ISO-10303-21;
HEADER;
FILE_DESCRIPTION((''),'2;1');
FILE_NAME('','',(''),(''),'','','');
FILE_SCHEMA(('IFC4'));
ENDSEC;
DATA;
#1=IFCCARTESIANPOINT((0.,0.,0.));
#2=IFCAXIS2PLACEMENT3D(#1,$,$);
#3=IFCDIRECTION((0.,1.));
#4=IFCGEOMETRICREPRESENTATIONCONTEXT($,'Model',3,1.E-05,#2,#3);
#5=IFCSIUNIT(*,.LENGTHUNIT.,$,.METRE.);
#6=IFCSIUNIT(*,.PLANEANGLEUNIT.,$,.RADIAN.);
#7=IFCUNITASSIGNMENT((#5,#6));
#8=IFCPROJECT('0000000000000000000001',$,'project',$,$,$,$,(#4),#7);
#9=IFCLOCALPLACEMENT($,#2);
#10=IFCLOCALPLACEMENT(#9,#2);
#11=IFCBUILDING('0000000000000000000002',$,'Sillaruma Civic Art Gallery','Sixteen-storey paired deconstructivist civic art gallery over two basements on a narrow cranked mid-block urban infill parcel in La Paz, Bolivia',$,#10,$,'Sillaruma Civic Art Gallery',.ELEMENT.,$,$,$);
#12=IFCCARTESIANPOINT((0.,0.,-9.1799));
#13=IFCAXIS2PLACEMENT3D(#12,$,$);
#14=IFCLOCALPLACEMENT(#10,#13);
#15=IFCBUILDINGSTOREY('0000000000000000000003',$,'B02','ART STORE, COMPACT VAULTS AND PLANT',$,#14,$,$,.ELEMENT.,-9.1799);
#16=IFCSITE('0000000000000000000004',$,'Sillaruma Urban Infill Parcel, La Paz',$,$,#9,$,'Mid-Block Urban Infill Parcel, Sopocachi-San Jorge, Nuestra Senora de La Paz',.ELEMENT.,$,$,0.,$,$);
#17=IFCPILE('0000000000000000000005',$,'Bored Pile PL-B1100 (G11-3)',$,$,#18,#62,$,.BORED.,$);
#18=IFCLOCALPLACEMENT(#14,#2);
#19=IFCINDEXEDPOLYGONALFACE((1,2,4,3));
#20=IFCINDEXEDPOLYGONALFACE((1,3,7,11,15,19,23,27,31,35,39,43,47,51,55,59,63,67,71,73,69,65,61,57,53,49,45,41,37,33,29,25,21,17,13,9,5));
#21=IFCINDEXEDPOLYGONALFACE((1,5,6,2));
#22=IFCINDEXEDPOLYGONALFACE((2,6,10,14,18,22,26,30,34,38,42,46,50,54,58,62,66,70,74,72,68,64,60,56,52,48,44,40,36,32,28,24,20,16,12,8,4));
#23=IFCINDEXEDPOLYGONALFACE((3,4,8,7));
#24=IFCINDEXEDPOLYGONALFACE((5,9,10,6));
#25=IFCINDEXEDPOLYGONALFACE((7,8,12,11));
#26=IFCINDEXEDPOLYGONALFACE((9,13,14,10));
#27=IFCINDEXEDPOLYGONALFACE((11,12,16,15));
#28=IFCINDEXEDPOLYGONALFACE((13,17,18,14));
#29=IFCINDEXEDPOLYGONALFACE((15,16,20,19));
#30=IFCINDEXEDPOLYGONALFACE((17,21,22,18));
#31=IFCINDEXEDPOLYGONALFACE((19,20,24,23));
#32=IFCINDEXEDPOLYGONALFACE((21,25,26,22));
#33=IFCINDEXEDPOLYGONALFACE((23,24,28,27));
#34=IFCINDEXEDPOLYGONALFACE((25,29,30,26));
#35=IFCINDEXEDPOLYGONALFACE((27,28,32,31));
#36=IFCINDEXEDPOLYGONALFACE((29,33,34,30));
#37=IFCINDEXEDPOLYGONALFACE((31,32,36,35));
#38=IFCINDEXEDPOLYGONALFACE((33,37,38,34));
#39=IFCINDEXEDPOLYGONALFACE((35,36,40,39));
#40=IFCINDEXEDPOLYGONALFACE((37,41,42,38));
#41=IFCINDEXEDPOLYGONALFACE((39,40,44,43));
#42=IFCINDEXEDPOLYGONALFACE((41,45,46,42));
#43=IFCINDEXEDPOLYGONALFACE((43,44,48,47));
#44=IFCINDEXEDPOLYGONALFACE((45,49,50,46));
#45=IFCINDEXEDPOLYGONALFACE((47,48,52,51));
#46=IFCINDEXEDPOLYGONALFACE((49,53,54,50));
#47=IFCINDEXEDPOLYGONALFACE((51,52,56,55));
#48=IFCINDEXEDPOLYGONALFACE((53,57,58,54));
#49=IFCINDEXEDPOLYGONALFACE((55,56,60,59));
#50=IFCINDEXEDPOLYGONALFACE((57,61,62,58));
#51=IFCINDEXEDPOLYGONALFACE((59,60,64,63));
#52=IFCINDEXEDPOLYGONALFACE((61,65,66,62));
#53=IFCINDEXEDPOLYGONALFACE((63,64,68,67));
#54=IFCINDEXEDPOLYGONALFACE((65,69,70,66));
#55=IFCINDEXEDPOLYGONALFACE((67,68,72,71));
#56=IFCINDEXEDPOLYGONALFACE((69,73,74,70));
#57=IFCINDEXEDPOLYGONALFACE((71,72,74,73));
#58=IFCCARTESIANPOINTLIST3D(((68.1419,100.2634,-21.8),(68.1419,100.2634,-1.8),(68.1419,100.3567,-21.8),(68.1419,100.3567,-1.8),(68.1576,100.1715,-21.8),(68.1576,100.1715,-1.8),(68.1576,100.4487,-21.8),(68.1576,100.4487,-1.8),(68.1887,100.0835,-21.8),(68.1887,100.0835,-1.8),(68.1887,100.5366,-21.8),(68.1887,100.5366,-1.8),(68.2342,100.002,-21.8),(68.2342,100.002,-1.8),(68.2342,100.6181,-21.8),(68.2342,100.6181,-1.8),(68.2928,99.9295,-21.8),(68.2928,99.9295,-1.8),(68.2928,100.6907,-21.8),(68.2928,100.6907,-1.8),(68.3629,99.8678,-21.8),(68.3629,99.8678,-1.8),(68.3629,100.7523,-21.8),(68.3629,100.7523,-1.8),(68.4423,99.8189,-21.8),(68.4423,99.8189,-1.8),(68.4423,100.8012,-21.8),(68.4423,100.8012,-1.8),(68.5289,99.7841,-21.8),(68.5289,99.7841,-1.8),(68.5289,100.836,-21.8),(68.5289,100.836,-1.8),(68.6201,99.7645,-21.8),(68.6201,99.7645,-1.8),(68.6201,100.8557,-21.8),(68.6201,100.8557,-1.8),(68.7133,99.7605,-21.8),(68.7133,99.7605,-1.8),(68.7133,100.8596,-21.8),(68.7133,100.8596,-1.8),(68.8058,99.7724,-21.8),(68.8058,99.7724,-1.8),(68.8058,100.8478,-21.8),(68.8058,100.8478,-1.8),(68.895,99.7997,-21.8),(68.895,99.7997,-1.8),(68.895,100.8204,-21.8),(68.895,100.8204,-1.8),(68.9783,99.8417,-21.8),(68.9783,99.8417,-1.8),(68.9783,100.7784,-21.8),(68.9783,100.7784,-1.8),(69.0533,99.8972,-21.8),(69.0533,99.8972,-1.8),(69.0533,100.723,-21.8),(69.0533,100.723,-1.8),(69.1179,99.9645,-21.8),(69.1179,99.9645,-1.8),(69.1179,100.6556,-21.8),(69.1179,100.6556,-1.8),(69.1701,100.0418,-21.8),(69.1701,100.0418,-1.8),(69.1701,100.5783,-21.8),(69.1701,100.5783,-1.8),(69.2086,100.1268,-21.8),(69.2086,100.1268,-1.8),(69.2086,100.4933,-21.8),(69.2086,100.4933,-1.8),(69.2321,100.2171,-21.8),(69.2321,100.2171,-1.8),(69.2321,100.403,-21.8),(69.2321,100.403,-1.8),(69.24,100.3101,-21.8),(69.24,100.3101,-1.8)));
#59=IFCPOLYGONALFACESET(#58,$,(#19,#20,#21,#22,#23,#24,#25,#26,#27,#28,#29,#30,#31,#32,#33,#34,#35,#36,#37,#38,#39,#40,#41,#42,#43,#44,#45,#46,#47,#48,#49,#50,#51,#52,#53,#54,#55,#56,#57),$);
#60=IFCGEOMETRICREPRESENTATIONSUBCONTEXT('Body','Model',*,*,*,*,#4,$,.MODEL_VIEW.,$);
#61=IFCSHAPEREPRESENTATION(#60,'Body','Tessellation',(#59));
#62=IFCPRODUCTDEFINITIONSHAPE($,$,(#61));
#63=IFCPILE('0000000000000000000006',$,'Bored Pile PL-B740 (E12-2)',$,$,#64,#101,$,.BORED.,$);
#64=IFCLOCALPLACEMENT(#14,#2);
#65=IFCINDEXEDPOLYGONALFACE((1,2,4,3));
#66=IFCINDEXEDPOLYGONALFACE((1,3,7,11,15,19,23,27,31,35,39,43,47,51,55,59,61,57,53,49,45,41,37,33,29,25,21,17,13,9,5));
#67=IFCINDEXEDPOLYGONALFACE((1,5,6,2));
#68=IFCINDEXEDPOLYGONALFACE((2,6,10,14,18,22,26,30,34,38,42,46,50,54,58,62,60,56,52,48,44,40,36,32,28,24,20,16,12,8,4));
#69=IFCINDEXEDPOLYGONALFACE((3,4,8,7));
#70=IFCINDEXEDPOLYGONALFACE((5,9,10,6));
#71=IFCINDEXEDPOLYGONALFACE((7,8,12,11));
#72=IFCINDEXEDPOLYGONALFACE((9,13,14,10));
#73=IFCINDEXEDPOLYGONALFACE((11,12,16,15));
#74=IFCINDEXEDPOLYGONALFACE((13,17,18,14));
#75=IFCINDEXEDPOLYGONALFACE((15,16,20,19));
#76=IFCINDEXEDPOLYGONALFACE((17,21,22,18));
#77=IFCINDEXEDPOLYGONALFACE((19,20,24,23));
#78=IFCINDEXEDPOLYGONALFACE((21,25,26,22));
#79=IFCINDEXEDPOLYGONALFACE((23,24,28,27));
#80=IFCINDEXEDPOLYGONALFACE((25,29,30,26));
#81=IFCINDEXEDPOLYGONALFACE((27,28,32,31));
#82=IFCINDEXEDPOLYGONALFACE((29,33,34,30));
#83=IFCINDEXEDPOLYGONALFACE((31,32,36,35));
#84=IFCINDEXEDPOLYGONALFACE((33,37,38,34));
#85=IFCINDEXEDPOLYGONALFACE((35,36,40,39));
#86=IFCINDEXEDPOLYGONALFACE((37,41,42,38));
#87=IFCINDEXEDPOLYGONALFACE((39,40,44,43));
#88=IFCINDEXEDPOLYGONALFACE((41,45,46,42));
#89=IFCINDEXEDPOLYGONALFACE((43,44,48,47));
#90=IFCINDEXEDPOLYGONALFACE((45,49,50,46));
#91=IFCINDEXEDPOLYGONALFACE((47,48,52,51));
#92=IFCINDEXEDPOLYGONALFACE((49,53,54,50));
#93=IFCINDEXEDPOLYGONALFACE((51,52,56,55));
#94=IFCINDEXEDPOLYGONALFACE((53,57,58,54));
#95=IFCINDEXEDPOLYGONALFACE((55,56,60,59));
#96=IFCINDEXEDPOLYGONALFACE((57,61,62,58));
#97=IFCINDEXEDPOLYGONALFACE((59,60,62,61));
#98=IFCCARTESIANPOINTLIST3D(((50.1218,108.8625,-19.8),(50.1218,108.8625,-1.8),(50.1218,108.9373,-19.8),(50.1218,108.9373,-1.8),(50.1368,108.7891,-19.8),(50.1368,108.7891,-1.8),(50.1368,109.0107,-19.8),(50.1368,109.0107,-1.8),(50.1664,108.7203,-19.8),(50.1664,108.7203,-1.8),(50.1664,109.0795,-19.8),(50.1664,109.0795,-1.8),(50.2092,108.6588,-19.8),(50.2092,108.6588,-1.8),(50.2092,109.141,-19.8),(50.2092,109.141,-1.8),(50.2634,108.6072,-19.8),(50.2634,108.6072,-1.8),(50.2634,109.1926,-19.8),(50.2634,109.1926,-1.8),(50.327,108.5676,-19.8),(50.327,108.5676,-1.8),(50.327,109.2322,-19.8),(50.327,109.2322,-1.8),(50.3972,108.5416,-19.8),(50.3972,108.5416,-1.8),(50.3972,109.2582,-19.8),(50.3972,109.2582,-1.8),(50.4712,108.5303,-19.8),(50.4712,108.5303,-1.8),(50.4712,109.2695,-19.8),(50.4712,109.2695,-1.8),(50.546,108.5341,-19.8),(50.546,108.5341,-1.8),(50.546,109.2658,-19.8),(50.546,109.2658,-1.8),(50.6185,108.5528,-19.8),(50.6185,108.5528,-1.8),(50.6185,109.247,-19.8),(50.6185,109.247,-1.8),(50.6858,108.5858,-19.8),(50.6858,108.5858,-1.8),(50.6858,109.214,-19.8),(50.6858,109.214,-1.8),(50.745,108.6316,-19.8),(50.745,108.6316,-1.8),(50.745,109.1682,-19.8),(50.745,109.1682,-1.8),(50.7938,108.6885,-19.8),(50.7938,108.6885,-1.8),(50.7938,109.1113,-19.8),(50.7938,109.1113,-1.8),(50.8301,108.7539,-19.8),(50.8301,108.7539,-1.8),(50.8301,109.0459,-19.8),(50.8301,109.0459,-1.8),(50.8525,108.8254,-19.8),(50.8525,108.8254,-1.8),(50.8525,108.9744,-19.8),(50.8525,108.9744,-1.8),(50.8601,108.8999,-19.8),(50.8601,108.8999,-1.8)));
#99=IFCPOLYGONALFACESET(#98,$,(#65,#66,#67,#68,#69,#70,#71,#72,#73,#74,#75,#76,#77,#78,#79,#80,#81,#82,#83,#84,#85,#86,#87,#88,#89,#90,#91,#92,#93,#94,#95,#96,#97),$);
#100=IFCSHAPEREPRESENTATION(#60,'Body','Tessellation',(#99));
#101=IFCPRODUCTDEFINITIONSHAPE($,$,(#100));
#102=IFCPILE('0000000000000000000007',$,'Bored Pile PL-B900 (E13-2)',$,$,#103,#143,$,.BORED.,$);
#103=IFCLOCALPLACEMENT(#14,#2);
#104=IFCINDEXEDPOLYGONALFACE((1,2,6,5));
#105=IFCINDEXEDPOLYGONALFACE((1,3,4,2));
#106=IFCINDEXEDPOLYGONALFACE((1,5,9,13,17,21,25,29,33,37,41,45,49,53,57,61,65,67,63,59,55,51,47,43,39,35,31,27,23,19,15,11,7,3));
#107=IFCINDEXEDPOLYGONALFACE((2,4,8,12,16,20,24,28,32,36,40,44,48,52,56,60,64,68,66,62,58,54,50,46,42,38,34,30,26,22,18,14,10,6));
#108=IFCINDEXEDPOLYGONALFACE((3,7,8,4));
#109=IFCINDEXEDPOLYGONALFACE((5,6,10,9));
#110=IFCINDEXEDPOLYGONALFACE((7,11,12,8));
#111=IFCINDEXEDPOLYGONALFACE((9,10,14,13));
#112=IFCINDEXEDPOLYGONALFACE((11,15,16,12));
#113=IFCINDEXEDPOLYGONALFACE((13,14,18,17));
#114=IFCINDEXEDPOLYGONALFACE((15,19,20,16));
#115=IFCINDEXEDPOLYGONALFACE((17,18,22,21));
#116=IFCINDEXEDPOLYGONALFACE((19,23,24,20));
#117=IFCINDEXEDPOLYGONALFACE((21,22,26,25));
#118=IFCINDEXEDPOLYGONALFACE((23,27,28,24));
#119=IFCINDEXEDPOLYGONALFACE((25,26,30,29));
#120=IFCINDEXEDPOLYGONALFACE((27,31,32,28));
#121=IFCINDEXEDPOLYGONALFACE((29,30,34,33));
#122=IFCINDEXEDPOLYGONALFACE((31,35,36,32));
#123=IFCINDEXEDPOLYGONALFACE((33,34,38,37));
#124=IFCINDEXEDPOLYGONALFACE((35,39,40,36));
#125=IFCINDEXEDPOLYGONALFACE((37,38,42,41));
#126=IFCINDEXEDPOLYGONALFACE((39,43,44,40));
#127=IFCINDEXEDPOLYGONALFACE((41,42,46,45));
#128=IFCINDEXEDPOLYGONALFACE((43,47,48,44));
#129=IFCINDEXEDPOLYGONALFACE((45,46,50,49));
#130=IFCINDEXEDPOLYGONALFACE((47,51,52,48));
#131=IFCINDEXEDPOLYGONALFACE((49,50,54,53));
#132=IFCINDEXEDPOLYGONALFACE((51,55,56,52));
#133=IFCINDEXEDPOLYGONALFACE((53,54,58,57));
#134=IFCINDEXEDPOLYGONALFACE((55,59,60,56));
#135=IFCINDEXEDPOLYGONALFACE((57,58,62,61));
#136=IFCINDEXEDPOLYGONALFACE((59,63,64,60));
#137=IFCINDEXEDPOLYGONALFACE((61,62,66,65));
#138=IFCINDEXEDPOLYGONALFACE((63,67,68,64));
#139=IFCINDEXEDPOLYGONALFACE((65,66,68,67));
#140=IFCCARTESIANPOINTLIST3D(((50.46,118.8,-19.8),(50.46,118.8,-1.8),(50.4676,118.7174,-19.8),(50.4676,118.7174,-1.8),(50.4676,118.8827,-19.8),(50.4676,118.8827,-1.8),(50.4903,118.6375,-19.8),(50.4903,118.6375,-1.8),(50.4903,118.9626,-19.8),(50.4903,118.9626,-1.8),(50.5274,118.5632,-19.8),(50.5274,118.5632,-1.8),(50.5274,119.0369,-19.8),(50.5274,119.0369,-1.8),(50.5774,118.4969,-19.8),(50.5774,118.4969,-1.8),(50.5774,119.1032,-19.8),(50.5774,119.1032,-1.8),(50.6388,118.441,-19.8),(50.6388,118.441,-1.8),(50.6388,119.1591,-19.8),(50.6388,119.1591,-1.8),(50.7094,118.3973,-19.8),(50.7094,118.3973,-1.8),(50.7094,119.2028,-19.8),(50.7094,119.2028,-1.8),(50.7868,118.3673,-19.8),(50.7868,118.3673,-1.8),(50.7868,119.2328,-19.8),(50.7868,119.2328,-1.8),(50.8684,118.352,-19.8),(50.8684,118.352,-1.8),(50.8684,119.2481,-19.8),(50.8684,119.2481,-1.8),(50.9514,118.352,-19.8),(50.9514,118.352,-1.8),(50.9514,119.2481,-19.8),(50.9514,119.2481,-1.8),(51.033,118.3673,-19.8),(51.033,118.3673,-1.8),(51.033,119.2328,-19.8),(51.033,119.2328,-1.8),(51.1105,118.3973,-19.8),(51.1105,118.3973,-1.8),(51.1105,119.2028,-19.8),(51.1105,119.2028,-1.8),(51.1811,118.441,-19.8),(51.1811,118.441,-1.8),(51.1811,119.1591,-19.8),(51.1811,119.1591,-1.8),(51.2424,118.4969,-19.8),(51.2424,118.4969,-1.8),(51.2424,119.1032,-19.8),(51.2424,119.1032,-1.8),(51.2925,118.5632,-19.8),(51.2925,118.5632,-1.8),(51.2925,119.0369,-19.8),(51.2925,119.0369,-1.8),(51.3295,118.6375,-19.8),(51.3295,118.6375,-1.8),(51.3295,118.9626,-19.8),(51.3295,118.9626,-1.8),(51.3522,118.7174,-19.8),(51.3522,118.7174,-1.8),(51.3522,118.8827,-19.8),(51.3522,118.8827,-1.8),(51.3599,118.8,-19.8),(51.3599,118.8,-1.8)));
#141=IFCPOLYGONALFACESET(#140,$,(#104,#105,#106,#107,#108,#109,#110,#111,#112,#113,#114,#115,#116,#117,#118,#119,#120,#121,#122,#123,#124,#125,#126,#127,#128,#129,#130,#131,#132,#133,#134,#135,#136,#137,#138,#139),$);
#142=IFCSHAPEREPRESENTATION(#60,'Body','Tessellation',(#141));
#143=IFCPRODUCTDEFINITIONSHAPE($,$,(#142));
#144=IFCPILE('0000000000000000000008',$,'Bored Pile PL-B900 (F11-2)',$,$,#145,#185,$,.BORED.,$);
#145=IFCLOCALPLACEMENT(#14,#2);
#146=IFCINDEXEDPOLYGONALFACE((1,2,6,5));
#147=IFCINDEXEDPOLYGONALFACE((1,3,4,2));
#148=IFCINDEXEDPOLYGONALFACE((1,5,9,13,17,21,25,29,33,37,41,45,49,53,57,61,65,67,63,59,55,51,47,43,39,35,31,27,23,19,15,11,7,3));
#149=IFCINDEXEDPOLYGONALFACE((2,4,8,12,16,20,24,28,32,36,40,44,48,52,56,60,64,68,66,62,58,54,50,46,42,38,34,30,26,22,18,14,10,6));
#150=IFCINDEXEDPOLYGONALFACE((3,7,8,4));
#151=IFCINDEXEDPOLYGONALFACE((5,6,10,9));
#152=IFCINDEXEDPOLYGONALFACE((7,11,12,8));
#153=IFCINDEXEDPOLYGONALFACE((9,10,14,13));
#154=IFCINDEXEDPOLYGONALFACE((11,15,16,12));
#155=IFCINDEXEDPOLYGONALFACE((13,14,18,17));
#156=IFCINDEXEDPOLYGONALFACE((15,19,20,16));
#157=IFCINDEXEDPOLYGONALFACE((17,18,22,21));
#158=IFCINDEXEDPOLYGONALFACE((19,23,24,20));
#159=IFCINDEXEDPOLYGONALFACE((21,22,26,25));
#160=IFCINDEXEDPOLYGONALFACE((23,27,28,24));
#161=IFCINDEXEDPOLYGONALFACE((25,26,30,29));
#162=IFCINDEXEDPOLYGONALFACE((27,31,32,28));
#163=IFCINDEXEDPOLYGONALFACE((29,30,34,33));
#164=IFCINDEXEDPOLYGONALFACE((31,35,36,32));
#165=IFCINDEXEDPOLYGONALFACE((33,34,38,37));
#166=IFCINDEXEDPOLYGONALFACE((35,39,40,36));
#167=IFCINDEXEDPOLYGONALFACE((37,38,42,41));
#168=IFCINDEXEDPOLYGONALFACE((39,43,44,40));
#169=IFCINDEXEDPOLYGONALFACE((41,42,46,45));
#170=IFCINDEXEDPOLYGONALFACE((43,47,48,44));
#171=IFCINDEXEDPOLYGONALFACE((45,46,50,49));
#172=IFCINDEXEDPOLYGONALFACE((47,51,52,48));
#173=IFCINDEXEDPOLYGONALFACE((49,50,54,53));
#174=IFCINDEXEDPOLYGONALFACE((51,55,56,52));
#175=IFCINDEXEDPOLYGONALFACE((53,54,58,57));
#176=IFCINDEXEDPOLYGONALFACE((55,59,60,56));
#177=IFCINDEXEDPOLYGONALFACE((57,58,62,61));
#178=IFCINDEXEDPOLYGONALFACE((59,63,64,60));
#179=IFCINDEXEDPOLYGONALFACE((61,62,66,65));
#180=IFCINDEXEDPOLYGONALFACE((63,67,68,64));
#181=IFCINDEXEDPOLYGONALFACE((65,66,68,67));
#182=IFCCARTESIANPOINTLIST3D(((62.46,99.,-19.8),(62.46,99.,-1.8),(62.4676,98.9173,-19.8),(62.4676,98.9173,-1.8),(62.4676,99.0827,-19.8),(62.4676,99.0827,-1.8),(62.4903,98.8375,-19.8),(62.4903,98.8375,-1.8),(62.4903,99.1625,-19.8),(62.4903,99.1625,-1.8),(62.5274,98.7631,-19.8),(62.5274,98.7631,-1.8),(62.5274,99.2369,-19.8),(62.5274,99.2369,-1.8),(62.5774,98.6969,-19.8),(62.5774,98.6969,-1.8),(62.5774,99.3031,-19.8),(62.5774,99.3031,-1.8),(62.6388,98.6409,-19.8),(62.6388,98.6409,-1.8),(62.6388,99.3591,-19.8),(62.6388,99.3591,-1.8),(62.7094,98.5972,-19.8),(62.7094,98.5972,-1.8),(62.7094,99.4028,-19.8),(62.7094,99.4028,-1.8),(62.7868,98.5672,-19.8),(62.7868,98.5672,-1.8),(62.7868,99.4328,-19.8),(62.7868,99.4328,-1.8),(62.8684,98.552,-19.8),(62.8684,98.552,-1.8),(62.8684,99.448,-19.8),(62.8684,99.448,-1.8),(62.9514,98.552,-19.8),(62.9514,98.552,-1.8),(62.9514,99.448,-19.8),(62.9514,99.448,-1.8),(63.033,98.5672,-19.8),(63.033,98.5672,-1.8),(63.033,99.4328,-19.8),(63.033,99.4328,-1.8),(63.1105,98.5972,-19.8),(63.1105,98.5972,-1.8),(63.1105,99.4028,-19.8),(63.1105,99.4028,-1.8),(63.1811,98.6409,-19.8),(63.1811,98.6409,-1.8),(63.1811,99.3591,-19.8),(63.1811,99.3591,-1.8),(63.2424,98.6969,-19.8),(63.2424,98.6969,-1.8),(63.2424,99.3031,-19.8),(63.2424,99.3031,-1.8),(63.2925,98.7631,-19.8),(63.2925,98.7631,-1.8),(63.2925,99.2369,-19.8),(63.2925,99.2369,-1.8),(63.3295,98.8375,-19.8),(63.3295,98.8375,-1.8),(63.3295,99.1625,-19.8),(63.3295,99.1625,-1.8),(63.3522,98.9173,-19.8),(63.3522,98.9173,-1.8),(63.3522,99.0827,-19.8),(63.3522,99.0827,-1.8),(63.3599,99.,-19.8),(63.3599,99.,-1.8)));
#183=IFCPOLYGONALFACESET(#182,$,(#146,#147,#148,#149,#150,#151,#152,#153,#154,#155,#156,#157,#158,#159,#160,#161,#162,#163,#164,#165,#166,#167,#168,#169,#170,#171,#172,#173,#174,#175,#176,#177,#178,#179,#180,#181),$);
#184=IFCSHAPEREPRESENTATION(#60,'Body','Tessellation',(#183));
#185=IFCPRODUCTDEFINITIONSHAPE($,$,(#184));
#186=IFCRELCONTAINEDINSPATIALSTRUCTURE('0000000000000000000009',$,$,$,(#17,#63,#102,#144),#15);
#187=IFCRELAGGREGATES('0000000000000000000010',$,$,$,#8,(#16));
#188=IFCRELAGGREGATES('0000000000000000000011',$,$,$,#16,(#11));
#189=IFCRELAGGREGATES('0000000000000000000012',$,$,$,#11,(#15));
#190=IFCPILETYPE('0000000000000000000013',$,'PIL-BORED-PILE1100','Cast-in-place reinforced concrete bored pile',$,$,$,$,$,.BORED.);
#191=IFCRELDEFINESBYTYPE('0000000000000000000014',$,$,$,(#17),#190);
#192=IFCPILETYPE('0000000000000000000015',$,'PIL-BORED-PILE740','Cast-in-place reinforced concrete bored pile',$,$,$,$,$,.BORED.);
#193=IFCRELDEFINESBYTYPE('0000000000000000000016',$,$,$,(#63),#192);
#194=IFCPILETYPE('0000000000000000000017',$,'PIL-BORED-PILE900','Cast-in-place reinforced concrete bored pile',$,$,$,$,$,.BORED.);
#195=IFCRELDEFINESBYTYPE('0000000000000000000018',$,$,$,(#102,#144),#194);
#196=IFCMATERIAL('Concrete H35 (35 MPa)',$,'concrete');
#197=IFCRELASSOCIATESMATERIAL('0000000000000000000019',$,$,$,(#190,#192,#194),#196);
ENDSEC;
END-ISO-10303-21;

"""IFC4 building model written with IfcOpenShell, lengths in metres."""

from ifc_helpers import new_model, si_unit, direction, frame, origin, origin_2d, place, context, subcontext, project, spatial, circle, extrude, material, material_profile, profile_set, type_object, element, save


model = new_model("IFC4")

# Units and contexts
model_context = context("Model", 3, precision=1e-05, world=origin(), true_north=direction((0.0, 1.0)))
body_context = subcontext(model_context, "Body", "Model", "MODEL_VIEW")
ifc_project = project(units=[si_unit("LENGTHUNIT", "METRE"), si_unit("PLANEANGLEUNIT", "RADIAN")], contexts=[model_context])

# Site, building, storey
site_placement = place(None, origin())
site = spatial("IfcSite", under=ifc_project, at=site_placement, Name="Sillaruma Urban Infill Parcel, La Paz", LongName="Mid-Block Urban Infill Parcel, Sopocachi-San Jorge, Nuestra Senora de La Paz", CompositionType="ELEMENT", RefElevation=0.0)
building_placement = place(site_placement, origin())
building = spatial("IfcBuilding", under=site, at=building_placement, Name="Sillaruma Civic Art Gallery", Description="Sixteen-storey paired deconstructivist civic art gallery over two basements on a narrow cranked mid-block urban infill parcel in La Paz, Bolivia", LongName="Sillaruma Civic Art Gallery", CompositionType="ELEMENT")
storey_placement = place(building_placement, frame((0.0, 0.0, -9.1799)))
storey = spatial("IfcBuildingStorey", under=building, at=storey_placement, Name="B02", Description="ART STORE, COMPACT VAULTS AND PLANT", CompositionType="ELEMENT", Elevation=-9.1799)

# Shared definitions
ifc_material_1 = material(Name="Concrete H35 (35 MPa)", Category="concrete")

# Piles
ifc_material_profile_1 = material_profile(ifc_material_1, circle(Radius=0.55, at=origin_2d()), Name="PILE1100")
ifc_profile_set_1 = profile_set([ifc_material_profile_1], Name="Concrete H35 (35 MPa)")
pile_type_1 = type_object("IfcPileType", Name="PIL-BORED-PILE1100", Description="Cast-in-place reinforced concrete bored pile", PredefinedType="BORED", material=ifc_profile_set_1)
pile_1_placement = place(storey_placement, frame((68.6899, 100.3101, -1.8), z_axis=(0.0, 0.0, -1.0), x_axis=(1.0, 0.0, 0.0)))
element("IfcPile", 1, at=pile_1_placement, inside=storey, type_object=pile_type_1, Name="Bored Pile PL-B1100 (G11-3)", PredefinedType="BORED", context=body_context, shape_type="SweptSolid", body=[
    extrude(circle(Radius=0.55, at=origin_2d()), origin(), (0.0, 0.0, 1.0), 20.0),
])
ifc_material_profile_2 = material_profile(ifc_material_1, circle(Radius=0.3701, at=origin_2d()), Name="PILE740")
ifc_profile_set_2 = profile_set([ifc_material_profile_2], Name="Concrete H35 (35 MPa)")
pile_type_2 = type_object("IfcPileType", Name="PIL-BORED-PILE740", Description="Cast-in-place reinforced concrete bored pile", PredefinedType="BORED", material=ifc_profile_set_2)
pile_2_placement = place(storey_placement, frame((50.49, 108.8999, -1.8), z_axis=(0.0, 0.0, -1.0), x_axis=(1.0, 0.0, 0.0)))
element("IfcPile", 2, at=pile_2_placement, inside=storey, type_object=pile_type_2, Name="Bored Pile PL-B740 (E12-2)", PredefinedType="BORED", context=body_context, shape_type="SweptSolid", body=[
    extrude(circle(Radius=0.3701, at=origin_2d()), origin(), (0.0, 0.0, 1.0), 18.0),
])
ifc_material_profile_3 = material_profile(ifc_material_1, circle(Radius=0.45, at=origin_2d()), Name="PILE900")
ifc_profile_set_3 = profile_set([ifc_material_profile_3], Name="Concrete H35 (35 MPa)")
pile_type_3 = type_object("IfcPileType", Name="PIL-BORED-PILE900", Description="Cast-in-place reinforced concrete bored pile", PredefinedType="BORED", material=ifc_profile_set_3)
for number, where, z_axis, x_axis, name in (
    (3, (50.9099, 118.8, -1.8), (0.0, 0.0, -1.0), (1.0, 0.0, 0.0), "Bored Pile PL-B900 (E13-2)"),
    (4, (62.9099, 99.0, -1.8), (0.0, 0.0, -1.0), (1.0, 0.0, 0.0), "Bored Pile PL-B900 (F11-2)"),
):
    element("IfcPile", number, at=place(storey_placement, frame(where, z_axis=z_axis, x_axis=x_axis)), inside=storey, type_object=pile_type_3, Name=name, PredefinedType="BORED", context=body_context, shape_type="SweptSolid", body=[
        extrude(circle(Radius=0.45, at=origin_2d()), origin(), (0.0, 0.0, 1.0), 18.0),
    ])

save(model, "model.ifc")
